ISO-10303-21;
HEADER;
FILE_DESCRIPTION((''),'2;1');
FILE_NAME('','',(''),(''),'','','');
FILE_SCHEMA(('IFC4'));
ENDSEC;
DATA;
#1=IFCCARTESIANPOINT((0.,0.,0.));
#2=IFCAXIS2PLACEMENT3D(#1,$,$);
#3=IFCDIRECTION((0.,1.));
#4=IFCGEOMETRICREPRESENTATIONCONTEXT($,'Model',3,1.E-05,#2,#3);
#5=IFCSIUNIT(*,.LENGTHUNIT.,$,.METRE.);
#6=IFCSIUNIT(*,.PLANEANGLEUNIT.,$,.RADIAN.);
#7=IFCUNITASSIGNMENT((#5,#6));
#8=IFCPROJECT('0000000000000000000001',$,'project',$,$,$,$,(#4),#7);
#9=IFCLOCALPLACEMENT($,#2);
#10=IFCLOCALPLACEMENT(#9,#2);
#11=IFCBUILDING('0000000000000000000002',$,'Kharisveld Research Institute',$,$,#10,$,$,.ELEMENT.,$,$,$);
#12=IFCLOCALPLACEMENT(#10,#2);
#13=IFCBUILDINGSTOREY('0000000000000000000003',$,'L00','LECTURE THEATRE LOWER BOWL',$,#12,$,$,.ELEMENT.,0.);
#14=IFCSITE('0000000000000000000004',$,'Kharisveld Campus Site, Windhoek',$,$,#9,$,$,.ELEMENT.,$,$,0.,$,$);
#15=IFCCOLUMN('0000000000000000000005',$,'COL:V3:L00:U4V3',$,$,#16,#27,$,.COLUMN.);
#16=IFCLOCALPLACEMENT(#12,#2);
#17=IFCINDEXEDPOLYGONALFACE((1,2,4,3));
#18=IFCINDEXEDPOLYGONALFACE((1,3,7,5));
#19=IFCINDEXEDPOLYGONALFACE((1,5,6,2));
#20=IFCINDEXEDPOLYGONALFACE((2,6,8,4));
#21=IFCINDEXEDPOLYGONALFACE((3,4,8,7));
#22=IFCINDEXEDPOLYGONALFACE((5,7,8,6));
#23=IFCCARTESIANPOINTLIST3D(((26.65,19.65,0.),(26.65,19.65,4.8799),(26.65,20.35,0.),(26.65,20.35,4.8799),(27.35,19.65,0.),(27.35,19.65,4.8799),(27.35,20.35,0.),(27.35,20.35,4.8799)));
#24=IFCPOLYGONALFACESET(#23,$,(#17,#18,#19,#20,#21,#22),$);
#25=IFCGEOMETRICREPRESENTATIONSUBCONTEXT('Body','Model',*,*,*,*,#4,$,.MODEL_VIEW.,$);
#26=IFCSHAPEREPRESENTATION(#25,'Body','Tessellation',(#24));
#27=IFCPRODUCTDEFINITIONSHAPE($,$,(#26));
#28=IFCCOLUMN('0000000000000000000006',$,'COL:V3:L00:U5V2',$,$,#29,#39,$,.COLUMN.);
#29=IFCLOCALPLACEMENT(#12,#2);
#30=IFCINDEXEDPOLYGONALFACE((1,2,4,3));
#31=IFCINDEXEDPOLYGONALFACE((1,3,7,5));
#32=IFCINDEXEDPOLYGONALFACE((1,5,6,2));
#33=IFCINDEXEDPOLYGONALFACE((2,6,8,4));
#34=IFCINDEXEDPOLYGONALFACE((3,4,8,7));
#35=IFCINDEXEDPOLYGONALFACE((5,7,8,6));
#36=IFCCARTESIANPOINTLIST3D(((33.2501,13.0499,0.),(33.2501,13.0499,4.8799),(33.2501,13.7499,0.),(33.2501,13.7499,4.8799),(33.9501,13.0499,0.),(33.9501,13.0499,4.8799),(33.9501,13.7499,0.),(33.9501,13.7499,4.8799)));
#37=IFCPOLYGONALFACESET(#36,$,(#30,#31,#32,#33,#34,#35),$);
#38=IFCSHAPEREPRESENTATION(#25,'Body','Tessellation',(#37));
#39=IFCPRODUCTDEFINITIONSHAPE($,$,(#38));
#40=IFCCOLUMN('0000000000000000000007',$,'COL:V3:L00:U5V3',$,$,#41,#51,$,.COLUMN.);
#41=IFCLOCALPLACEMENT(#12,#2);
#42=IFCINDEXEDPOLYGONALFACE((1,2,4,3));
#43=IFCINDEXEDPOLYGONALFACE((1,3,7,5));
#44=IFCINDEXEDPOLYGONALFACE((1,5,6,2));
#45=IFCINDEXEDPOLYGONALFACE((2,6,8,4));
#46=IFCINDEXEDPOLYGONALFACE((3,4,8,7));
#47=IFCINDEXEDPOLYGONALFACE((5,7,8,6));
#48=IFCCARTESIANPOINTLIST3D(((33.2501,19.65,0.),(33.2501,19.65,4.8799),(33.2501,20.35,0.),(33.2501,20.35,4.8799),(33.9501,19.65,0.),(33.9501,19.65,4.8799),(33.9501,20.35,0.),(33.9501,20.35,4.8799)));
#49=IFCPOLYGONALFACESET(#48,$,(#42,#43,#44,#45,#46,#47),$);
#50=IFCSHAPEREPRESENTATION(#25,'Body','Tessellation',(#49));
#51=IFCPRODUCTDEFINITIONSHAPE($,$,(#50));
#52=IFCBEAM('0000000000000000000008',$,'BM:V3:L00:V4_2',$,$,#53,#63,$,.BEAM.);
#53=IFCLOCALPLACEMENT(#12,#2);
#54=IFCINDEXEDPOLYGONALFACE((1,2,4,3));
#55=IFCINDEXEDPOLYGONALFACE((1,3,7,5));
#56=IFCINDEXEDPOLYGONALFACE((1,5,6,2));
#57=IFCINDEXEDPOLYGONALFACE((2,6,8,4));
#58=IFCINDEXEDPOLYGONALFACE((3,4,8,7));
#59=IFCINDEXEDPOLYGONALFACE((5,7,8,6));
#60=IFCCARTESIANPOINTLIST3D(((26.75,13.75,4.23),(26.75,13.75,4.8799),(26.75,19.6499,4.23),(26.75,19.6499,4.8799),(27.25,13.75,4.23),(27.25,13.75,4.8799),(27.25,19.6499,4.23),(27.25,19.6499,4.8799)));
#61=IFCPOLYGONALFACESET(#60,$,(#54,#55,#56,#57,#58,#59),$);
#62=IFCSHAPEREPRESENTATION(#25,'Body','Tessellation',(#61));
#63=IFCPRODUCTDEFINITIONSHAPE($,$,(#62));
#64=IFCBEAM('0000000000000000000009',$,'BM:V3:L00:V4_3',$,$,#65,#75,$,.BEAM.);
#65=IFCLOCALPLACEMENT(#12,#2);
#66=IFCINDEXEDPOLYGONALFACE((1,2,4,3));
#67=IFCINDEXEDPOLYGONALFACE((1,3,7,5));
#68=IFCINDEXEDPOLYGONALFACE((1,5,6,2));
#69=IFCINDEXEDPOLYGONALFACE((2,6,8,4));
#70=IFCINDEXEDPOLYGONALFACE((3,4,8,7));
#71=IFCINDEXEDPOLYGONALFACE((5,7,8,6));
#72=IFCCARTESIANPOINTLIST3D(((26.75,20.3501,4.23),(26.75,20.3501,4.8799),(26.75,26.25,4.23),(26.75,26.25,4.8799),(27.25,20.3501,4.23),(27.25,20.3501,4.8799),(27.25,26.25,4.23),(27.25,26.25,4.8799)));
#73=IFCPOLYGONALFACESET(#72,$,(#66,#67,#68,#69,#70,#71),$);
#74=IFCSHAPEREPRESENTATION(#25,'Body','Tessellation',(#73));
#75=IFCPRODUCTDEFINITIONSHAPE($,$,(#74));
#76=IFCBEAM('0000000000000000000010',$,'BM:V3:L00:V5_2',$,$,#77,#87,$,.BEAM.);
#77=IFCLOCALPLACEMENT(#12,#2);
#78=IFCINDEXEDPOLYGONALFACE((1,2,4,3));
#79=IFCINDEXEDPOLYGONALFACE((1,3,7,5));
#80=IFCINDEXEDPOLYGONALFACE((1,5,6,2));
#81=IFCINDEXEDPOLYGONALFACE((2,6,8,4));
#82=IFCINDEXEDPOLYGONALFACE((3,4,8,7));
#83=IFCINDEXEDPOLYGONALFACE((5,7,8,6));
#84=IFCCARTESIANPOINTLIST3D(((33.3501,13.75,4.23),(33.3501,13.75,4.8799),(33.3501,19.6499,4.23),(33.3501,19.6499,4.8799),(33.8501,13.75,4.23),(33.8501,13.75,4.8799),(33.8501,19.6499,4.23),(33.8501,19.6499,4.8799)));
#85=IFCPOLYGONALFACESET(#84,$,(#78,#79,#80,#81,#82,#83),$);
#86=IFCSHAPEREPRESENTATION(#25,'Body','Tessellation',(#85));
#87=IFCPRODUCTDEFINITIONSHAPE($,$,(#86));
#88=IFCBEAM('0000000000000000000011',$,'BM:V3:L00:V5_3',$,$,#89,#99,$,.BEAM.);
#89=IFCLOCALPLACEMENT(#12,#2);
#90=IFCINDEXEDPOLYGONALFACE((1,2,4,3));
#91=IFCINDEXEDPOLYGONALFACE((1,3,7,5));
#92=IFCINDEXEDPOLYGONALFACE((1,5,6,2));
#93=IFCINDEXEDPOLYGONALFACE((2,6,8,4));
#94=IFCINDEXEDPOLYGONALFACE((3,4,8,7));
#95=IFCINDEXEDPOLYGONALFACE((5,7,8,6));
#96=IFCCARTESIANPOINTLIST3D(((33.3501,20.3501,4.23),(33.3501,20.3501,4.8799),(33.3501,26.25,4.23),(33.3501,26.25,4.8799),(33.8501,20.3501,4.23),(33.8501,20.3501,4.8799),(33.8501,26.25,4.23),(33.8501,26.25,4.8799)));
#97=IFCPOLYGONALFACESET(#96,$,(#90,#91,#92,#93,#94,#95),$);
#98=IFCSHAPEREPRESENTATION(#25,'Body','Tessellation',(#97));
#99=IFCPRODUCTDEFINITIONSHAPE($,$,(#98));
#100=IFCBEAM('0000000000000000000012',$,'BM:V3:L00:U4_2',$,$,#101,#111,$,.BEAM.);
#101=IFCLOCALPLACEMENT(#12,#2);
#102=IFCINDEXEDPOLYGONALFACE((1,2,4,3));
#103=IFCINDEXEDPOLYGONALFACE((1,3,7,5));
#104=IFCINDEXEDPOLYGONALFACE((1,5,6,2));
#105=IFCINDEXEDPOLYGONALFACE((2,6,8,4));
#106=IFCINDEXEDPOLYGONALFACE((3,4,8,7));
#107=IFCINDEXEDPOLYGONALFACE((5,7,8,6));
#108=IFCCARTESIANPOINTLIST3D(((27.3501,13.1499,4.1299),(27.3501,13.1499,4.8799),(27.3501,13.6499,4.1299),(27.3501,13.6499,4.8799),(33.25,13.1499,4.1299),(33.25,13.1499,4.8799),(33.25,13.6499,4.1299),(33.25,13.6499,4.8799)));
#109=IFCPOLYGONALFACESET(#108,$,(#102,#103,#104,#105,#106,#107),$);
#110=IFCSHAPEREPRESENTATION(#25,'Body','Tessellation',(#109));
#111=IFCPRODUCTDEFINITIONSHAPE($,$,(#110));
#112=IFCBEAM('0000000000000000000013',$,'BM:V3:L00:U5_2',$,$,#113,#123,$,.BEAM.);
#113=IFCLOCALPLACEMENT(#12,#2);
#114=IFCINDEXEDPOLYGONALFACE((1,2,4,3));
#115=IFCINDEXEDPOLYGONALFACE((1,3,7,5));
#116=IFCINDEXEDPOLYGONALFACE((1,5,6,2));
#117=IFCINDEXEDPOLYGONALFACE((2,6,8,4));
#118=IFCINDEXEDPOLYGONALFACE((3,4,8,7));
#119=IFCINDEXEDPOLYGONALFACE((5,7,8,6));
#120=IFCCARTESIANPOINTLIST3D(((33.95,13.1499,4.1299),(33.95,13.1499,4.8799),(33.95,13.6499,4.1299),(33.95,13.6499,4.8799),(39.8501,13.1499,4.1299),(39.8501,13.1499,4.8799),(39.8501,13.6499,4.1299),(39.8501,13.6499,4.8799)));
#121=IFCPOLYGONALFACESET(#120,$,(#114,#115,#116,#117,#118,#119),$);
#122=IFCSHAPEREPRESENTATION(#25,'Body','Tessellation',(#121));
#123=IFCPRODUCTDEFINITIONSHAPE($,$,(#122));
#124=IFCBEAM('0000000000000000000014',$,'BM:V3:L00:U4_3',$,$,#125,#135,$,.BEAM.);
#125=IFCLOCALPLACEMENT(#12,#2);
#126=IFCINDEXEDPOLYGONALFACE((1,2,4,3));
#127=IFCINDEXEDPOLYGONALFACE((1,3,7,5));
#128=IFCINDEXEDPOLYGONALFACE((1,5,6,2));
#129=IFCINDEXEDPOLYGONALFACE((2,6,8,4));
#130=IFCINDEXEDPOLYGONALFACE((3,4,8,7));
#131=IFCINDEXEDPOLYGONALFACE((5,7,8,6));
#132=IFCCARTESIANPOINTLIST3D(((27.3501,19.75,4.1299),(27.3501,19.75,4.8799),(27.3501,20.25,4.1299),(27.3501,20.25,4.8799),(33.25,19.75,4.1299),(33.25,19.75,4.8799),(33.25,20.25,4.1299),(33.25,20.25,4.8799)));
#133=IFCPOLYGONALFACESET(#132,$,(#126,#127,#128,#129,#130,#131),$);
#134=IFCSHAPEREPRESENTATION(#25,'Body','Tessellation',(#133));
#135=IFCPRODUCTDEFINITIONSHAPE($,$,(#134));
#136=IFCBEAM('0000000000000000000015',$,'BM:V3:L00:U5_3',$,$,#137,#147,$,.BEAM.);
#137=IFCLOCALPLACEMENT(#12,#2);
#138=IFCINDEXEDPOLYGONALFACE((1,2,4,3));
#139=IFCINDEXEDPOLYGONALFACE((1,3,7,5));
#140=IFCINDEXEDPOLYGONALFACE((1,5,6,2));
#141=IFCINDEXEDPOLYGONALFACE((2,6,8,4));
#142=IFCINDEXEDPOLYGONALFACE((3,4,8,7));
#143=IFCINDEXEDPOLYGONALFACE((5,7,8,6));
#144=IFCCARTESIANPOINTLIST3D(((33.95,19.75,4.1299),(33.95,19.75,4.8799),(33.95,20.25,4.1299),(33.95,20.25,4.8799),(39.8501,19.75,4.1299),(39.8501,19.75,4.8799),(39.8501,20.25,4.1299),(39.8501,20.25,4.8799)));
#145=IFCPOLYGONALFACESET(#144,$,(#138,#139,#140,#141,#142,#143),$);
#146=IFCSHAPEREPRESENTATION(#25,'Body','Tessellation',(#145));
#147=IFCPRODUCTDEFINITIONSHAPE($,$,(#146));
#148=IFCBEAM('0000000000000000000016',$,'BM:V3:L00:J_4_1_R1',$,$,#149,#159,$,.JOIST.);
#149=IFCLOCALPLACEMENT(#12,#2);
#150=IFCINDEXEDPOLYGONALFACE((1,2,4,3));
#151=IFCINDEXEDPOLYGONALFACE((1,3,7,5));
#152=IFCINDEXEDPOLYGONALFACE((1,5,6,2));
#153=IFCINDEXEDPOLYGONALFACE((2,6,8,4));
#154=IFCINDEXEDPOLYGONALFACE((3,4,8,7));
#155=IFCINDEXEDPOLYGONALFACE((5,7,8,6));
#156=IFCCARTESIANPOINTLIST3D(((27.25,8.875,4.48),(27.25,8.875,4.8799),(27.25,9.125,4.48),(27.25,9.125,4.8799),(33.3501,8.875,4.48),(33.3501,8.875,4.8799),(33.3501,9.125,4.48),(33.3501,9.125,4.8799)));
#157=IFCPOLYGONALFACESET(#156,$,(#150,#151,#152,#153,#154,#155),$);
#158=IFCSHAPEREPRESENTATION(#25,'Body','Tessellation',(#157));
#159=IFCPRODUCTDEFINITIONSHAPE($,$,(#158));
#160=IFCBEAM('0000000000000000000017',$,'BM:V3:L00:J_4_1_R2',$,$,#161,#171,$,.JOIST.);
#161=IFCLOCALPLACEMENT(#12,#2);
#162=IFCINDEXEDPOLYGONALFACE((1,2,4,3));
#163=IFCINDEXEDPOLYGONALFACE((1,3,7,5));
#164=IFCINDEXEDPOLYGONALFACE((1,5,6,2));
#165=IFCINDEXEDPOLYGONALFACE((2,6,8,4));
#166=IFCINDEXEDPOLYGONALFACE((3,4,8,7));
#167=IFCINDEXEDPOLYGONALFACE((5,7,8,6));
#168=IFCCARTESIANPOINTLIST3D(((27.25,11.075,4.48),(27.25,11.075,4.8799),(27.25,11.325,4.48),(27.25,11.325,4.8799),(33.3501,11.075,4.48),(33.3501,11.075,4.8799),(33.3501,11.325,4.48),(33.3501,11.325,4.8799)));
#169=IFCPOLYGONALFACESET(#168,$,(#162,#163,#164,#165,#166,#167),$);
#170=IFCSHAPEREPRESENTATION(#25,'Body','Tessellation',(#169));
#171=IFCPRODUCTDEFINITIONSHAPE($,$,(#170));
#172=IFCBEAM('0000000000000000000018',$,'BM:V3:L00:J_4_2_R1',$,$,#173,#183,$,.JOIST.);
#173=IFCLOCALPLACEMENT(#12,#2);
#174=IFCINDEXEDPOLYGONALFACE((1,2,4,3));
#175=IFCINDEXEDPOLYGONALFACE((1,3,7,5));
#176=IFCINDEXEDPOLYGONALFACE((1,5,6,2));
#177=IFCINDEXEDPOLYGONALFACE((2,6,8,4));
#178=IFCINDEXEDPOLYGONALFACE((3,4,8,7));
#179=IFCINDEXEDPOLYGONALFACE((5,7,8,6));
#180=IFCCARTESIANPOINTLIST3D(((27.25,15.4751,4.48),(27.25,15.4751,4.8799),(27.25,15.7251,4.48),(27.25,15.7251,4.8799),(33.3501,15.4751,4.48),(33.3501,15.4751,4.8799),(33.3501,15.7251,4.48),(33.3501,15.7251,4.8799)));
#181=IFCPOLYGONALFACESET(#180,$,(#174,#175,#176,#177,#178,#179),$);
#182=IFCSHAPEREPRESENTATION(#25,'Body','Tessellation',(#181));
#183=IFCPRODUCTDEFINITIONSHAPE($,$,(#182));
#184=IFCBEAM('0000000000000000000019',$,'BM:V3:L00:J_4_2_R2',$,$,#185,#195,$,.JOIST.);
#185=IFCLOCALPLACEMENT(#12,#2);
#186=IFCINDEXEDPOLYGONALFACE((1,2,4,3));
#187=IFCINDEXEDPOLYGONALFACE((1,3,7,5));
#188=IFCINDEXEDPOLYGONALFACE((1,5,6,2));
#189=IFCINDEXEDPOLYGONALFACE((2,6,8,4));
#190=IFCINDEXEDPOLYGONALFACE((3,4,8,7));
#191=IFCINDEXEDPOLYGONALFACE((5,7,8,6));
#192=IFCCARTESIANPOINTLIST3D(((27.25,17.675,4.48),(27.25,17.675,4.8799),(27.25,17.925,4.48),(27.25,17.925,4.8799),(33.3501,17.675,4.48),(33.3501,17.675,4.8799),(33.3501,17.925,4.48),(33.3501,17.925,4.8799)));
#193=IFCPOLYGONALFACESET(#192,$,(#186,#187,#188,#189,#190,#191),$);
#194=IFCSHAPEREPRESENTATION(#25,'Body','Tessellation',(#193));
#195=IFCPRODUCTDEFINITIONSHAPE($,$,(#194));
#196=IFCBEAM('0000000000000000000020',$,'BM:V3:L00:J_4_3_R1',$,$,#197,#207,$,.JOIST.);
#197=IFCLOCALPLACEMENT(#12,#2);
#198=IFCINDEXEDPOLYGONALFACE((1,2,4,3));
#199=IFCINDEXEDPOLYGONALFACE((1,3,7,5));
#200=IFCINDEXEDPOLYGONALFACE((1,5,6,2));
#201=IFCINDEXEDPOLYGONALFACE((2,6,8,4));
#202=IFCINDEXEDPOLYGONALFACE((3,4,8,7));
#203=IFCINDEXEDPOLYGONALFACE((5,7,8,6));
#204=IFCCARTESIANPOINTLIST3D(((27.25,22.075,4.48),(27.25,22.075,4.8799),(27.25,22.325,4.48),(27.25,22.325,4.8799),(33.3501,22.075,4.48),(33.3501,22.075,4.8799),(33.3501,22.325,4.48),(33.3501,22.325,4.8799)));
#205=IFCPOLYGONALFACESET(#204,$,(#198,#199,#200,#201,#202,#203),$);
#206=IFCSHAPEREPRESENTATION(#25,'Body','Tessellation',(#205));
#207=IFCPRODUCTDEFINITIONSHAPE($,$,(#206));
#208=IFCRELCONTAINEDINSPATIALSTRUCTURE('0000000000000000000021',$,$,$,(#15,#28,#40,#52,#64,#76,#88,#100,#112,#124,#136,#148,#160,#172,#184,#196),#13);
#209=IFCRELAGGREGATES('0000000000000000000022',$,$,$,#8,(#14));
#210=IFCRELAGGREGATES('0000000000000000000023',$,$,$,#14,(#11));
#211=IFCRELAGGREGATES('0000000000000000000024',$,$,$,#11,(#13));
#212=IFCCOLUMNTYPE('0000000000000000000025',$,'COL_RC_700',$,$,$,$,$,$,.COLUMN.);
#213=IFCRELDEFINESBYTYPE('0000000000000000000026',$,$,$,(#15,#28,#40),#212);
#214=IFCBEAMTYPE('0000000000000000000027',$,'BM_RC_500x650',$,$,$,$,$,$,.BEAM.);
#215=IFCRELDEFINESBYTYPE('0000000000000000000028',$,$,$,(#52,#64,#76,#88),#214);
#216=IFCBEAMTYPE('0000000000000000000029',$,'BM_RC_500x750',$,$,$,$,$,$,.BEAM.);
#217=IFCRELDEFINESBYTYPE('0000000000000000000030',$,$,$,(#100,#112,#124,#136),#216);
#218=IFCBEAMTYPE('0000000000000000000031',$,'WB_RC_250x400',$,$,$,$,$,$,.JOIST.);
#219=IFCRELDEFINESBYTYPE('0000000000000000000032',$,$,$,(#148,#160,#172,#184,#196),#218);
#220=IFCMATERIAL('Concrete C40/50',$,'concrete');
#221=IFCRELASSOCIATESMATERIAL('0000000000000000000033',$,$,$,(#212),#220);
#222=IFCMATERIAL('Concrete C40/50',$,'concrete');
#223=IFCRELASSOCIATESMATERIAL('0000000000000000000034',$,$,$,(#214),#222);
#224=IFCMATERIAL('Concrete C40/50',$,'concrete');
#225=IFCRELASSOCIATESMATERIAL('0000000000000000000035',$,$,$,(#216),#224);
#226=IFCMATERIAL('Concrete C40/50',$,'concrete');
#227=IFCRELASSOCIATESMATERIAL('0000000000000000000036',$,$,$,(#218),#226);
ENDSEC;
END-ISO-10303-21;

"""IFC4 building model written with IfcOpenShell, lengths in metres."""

from ifc_helpers import new_model, si_unit, direction, frame, origin, origin_2d, place, context, subcontext, project, spatial, rectangle, extrude, material, material_profile, profile_set, type_object, element, save


model = new_model("IFC4")

# Units and contexts
model_context = context("Model", 3, precision=1e-05, world=origin(), true_north=direction((0.0, 1.0)))
body_context = subcontext(model_context, "Body", "Model", "MODEL_VIEW")
ifc_project = project(units=[si_unit("LENGTHUNIT", "METRE"), si_unit("PLANEANGLEUNIT", "RADIAN")], contexts=[model_context])

# Site, building, storey
site_placement = place(None, origin())
site = spatial("IfcSite", under=ifc_project, at=site_placement, Name="Kharisveld Campus Site, Windhoek", CompositionType="ELEMENT", RefElevation=0.0)
building_placement = place(site_placement, origin())
building = spatial("IfcBuilding", under=site, at=building_placement, Name="Kharisveld Research Institute", CompositionType="ELEMENT")
storey_placement = place(building_placement, origin())
storey = spatial("IfcBuildingStorey", under=building, at=storey_placement, Name="L00", Description="LECTURE THEATRE LOWER BOWL", CompositionType="ELEMENT", Elevation=0.0)

# Columns
ifc_material_1 = material(Name="Concrete C40/50", Category="concrete")
ifc_material_profile_1 = material_profile(ifc_material_1, rectangle(XDim=0.7, YDim=0.7, at=origin_2d()))
ifc_profile_set_1 = profile_set([ifc_material_profile_1], Name="Concrete C40/50")
column_type = type_object("IfcColumnType", Name="COL_RC_700", PredefinedType="COLUMN", material=ifc_profile_set_1)
for number, where, z_axis, x_axis, name in (
    (1, (27.0, 20.0, 0.0), (0.0, 0.0, 1.0), (1.0, 0.0, 0.0), "COL:V3:L00:U4V3"),
    (2, (33.6001, 13.3999, 0.0), (0.0, 0.0, 1.0), (1.0, 0.0, 0.0), "COL:V3:L00:U5V2"),
    (3, (33.6001, 20.0, 0.0), (0.0, 0.0, 1.0), (1.0, 0.0, 0.0), "COL:V3:L00:U5V3"),
):
    element("IfcColumn", number, at=place(storey_placement, frame(where, z_axis=z_axis, x_axis=x_axis)), inside=storey, type_object=column_type, Name=name, PredefinedType="COLUMN", context=body_context, shape_type="SweptSolid", body=[
        extrude(rectangle(XDim=0.7, YDim=0.7, at=origin_2d()), origin(), (0.0, 0.0, 1.0), 4.8799),
    ])

# Beams
ifc_material_2 = material(Name="Concrete C40/50", Category="concrete")
ifc_material_profile_2 = material_profile(ifc_material_2, rectangle(XDim=0.5, YDim=0.6499, at=origin_2d()))
ifc_profile_set_2 = profile_set([ifc_material_profile_2], Name="Concrete C40/50")
beam_type_1 = type_object("IfcBeamType", Name="BM_RC_500x650", PredefinedType="BEAM", material=ifc_profile_set_2)
for number, where, z_axis, x_axis, name in (
    (4, (27.0, 13.75, 4.5549), (0.0, 1.0, 0.0), (-1.0, 0.0, 0.0), "BM:V3:L00:V4_2"),
    (5, (27.0, 20.3501, 4.5549), (0.0, 1.0, 0.0), (-1.0, 0.0, 0.0), "BM:V3:L00:V4_3"),
    (6, (33.6001, 13.75, 4.5549), (0.0, 1.0, 0.0), (-1.0, 0.0, 0.0), "BM:V3:L00:V5_2"),
    (7, (33.6001, 20.3501, 4.5549), (0.0, 1.0, 0.0), (-1.0, 0.0, 0.0), "BM:V3:L00:V5_3"),
):
    element("IfcBeam", number, at=place(storey_placement, frame(where, z_axis=z_axis, x_axis=x_axis)), inside=storey, type_object=beam_type_1, Name=name, PredefinedType="BEAM", context=body_context, shape_type="SweptSolid", body=[
        extrude(rectangle(XDim=0.5, YDim=0.6499, at=origin_2d()), origin(), (0.0, 0.0, 1.0), 5.8999),
    ])
ifc_material_3 = material(Name="Concrete C40/50", Category="concrete")
ifc_material_profile_3 = material_profile(ifc_material_3, rectangle(XDim=0.5, YDim=0.75, at=origin_2d()))
ifc_profile_set_3 = profile_set([ifc_material_profile_3], Name="Concrete C40/50")
beam_type_2 = type_object("IfcBeamType", Name="BM_RC_500x750", PredefinedType="BEAM", material=ifc_profile_set_3)
beam_1_placement = place(storey_placement, frame((27.3501, 13.3999, 4.5049), z_axis=(1.0, 0.0, 0.0), x_axis=(0.0, 1.0, 0.0)))
element("IfcBeam", 8, at=beam_1_placement, inside=storey, type_object=beam_type_2, Name="BM:V3:L00:U4_2", PredefinedType="BEAM", context=body_context, shape_type="SweptSolid", body=[
    extrude(rectangle(XDim=0.5, YDim=0.75, at=origin_2d()), origin(), (0.0, 0.0, 1.0), 5.8999),
])
beam_2_placement = place(storey_placement, frame((33.95, 13.3999, 4.5049), z_axis=(1.0, 0.0, 0.0), x_axis=(0.0, 1.0, 0.0)))
element("IfcBeam", 9, at=beam_2_placement, inside=storey, type_object=beam_type_2, Name="BM:V3:L00:U5_2", PredefinedType="BEAM", context=body_context, shape_type="SweptSolid", body=[
    extrude(rectangle(XDim=0.5, YDim=0.75, at=origin_2d()), origin(), (0.0, 0.0, 1.0), 5.9001),
])
beam_3_placement = place(storey_placement, frame((27.3501, 20.0, 4.5049), z_axis=(1.0, 0.0, 0.0), x_axis=(0.0, 1.0, 0.0)))
element("IfcBeam", 10, at=beam_3_placement, inside=storey, type_object=beam_type_2, Name="BM:V3:L00:U4_3", PredefinedType="BEAM", context=body_context, shape_type="SweptSolid", body=[
    extrude(rectangle(XDim=0.5, YDim=0.75, at=origin_2d()), origin(), (0.0, 0.0, 1.0), 5.8999),
])
beam_4_placement = place(storey_placement, frame((33.95, 20.0, 4.5049), z_axis=(1.0, 0.0, 0.0), x_axis=(0.0, 1.0, 0.0)))
element("IfcBeam", 11, at=beam_4_placement, inside=storey, type_object=beam_type_2, Name="BM:V3:L00:U5_3", PredefinedType="BEAM", context=body_context, shape_type="SweptSolid", body=[
    extrude(rectangle(XDim=0.5, YDim=0.75, at=origin_2d()), origin(), (0.0, 0.0, 1.0), 5.9001),
])
ifc_material_4 = material(Name="Concrete C40/50", Category="concrete")
ifc_material_profile_4 = material_profile(ifc_material_4, rectangle(XDim=0.25, YDim=0.3999, at=origin_2d()))
ifc_profile_set_4 = profile_set([ifc_material_profile_4], Name="Concrete C40/50")
beam_type_3 = type_object("IfcBeamType", Name="WB_RC_250x400", PredefinedType="JOIST", material=ifc_profile_set_4)
for number, where, z_axis, x_axis, name in (
    (12, (27.25, 9.0, 4.6799), (1.0, 0.0, 0.0), (0.0, 1.0, 0.0), "BM:V3:L00:J_4_1_R1"),
    (13, (27.25, 11.2, 4.6799), (1.0, 0.0, 0.0), (0.0, 1.0, 0.0), "BM:V3:L00:J_4_1_R2"),
    (14, (27.25, 15.6001, 4.6799), (1.0, 0.0, 0.0), (0.0, 1.0, 0.0), "BM:V3:L00:J_4_2_R1"),
    (15, (27.25, 17.8, 4.6799), (1.0, 0.0, 0.0), (0.0, 1.0, 0.0), "BM:V3:L00:J_4_2_R2"),
    (16, (27.25, 22.2, 4.6799), (1.0, 0.0, 0.0), (0.0, 1.0, 0.0), "BM:V3:L00:J_4_3_R1"),
):
    element("IfcBeam", number, at=place(storey_placement, frame(where, z_axis=z_axis, x_axis=x_axis)), inside=storey, type_object=beam_type_3, Name=name, PredefinedType="JOIST", context=body_context, shape_type="SweptSolid", body=[
        extrude(rectangle(XDim=0.25, YDim=0.3999, at=origin_2d()), origin(), (0.0, 0.0, 1.0), 6.1001),
    ])

save(model, "model.ifc")
